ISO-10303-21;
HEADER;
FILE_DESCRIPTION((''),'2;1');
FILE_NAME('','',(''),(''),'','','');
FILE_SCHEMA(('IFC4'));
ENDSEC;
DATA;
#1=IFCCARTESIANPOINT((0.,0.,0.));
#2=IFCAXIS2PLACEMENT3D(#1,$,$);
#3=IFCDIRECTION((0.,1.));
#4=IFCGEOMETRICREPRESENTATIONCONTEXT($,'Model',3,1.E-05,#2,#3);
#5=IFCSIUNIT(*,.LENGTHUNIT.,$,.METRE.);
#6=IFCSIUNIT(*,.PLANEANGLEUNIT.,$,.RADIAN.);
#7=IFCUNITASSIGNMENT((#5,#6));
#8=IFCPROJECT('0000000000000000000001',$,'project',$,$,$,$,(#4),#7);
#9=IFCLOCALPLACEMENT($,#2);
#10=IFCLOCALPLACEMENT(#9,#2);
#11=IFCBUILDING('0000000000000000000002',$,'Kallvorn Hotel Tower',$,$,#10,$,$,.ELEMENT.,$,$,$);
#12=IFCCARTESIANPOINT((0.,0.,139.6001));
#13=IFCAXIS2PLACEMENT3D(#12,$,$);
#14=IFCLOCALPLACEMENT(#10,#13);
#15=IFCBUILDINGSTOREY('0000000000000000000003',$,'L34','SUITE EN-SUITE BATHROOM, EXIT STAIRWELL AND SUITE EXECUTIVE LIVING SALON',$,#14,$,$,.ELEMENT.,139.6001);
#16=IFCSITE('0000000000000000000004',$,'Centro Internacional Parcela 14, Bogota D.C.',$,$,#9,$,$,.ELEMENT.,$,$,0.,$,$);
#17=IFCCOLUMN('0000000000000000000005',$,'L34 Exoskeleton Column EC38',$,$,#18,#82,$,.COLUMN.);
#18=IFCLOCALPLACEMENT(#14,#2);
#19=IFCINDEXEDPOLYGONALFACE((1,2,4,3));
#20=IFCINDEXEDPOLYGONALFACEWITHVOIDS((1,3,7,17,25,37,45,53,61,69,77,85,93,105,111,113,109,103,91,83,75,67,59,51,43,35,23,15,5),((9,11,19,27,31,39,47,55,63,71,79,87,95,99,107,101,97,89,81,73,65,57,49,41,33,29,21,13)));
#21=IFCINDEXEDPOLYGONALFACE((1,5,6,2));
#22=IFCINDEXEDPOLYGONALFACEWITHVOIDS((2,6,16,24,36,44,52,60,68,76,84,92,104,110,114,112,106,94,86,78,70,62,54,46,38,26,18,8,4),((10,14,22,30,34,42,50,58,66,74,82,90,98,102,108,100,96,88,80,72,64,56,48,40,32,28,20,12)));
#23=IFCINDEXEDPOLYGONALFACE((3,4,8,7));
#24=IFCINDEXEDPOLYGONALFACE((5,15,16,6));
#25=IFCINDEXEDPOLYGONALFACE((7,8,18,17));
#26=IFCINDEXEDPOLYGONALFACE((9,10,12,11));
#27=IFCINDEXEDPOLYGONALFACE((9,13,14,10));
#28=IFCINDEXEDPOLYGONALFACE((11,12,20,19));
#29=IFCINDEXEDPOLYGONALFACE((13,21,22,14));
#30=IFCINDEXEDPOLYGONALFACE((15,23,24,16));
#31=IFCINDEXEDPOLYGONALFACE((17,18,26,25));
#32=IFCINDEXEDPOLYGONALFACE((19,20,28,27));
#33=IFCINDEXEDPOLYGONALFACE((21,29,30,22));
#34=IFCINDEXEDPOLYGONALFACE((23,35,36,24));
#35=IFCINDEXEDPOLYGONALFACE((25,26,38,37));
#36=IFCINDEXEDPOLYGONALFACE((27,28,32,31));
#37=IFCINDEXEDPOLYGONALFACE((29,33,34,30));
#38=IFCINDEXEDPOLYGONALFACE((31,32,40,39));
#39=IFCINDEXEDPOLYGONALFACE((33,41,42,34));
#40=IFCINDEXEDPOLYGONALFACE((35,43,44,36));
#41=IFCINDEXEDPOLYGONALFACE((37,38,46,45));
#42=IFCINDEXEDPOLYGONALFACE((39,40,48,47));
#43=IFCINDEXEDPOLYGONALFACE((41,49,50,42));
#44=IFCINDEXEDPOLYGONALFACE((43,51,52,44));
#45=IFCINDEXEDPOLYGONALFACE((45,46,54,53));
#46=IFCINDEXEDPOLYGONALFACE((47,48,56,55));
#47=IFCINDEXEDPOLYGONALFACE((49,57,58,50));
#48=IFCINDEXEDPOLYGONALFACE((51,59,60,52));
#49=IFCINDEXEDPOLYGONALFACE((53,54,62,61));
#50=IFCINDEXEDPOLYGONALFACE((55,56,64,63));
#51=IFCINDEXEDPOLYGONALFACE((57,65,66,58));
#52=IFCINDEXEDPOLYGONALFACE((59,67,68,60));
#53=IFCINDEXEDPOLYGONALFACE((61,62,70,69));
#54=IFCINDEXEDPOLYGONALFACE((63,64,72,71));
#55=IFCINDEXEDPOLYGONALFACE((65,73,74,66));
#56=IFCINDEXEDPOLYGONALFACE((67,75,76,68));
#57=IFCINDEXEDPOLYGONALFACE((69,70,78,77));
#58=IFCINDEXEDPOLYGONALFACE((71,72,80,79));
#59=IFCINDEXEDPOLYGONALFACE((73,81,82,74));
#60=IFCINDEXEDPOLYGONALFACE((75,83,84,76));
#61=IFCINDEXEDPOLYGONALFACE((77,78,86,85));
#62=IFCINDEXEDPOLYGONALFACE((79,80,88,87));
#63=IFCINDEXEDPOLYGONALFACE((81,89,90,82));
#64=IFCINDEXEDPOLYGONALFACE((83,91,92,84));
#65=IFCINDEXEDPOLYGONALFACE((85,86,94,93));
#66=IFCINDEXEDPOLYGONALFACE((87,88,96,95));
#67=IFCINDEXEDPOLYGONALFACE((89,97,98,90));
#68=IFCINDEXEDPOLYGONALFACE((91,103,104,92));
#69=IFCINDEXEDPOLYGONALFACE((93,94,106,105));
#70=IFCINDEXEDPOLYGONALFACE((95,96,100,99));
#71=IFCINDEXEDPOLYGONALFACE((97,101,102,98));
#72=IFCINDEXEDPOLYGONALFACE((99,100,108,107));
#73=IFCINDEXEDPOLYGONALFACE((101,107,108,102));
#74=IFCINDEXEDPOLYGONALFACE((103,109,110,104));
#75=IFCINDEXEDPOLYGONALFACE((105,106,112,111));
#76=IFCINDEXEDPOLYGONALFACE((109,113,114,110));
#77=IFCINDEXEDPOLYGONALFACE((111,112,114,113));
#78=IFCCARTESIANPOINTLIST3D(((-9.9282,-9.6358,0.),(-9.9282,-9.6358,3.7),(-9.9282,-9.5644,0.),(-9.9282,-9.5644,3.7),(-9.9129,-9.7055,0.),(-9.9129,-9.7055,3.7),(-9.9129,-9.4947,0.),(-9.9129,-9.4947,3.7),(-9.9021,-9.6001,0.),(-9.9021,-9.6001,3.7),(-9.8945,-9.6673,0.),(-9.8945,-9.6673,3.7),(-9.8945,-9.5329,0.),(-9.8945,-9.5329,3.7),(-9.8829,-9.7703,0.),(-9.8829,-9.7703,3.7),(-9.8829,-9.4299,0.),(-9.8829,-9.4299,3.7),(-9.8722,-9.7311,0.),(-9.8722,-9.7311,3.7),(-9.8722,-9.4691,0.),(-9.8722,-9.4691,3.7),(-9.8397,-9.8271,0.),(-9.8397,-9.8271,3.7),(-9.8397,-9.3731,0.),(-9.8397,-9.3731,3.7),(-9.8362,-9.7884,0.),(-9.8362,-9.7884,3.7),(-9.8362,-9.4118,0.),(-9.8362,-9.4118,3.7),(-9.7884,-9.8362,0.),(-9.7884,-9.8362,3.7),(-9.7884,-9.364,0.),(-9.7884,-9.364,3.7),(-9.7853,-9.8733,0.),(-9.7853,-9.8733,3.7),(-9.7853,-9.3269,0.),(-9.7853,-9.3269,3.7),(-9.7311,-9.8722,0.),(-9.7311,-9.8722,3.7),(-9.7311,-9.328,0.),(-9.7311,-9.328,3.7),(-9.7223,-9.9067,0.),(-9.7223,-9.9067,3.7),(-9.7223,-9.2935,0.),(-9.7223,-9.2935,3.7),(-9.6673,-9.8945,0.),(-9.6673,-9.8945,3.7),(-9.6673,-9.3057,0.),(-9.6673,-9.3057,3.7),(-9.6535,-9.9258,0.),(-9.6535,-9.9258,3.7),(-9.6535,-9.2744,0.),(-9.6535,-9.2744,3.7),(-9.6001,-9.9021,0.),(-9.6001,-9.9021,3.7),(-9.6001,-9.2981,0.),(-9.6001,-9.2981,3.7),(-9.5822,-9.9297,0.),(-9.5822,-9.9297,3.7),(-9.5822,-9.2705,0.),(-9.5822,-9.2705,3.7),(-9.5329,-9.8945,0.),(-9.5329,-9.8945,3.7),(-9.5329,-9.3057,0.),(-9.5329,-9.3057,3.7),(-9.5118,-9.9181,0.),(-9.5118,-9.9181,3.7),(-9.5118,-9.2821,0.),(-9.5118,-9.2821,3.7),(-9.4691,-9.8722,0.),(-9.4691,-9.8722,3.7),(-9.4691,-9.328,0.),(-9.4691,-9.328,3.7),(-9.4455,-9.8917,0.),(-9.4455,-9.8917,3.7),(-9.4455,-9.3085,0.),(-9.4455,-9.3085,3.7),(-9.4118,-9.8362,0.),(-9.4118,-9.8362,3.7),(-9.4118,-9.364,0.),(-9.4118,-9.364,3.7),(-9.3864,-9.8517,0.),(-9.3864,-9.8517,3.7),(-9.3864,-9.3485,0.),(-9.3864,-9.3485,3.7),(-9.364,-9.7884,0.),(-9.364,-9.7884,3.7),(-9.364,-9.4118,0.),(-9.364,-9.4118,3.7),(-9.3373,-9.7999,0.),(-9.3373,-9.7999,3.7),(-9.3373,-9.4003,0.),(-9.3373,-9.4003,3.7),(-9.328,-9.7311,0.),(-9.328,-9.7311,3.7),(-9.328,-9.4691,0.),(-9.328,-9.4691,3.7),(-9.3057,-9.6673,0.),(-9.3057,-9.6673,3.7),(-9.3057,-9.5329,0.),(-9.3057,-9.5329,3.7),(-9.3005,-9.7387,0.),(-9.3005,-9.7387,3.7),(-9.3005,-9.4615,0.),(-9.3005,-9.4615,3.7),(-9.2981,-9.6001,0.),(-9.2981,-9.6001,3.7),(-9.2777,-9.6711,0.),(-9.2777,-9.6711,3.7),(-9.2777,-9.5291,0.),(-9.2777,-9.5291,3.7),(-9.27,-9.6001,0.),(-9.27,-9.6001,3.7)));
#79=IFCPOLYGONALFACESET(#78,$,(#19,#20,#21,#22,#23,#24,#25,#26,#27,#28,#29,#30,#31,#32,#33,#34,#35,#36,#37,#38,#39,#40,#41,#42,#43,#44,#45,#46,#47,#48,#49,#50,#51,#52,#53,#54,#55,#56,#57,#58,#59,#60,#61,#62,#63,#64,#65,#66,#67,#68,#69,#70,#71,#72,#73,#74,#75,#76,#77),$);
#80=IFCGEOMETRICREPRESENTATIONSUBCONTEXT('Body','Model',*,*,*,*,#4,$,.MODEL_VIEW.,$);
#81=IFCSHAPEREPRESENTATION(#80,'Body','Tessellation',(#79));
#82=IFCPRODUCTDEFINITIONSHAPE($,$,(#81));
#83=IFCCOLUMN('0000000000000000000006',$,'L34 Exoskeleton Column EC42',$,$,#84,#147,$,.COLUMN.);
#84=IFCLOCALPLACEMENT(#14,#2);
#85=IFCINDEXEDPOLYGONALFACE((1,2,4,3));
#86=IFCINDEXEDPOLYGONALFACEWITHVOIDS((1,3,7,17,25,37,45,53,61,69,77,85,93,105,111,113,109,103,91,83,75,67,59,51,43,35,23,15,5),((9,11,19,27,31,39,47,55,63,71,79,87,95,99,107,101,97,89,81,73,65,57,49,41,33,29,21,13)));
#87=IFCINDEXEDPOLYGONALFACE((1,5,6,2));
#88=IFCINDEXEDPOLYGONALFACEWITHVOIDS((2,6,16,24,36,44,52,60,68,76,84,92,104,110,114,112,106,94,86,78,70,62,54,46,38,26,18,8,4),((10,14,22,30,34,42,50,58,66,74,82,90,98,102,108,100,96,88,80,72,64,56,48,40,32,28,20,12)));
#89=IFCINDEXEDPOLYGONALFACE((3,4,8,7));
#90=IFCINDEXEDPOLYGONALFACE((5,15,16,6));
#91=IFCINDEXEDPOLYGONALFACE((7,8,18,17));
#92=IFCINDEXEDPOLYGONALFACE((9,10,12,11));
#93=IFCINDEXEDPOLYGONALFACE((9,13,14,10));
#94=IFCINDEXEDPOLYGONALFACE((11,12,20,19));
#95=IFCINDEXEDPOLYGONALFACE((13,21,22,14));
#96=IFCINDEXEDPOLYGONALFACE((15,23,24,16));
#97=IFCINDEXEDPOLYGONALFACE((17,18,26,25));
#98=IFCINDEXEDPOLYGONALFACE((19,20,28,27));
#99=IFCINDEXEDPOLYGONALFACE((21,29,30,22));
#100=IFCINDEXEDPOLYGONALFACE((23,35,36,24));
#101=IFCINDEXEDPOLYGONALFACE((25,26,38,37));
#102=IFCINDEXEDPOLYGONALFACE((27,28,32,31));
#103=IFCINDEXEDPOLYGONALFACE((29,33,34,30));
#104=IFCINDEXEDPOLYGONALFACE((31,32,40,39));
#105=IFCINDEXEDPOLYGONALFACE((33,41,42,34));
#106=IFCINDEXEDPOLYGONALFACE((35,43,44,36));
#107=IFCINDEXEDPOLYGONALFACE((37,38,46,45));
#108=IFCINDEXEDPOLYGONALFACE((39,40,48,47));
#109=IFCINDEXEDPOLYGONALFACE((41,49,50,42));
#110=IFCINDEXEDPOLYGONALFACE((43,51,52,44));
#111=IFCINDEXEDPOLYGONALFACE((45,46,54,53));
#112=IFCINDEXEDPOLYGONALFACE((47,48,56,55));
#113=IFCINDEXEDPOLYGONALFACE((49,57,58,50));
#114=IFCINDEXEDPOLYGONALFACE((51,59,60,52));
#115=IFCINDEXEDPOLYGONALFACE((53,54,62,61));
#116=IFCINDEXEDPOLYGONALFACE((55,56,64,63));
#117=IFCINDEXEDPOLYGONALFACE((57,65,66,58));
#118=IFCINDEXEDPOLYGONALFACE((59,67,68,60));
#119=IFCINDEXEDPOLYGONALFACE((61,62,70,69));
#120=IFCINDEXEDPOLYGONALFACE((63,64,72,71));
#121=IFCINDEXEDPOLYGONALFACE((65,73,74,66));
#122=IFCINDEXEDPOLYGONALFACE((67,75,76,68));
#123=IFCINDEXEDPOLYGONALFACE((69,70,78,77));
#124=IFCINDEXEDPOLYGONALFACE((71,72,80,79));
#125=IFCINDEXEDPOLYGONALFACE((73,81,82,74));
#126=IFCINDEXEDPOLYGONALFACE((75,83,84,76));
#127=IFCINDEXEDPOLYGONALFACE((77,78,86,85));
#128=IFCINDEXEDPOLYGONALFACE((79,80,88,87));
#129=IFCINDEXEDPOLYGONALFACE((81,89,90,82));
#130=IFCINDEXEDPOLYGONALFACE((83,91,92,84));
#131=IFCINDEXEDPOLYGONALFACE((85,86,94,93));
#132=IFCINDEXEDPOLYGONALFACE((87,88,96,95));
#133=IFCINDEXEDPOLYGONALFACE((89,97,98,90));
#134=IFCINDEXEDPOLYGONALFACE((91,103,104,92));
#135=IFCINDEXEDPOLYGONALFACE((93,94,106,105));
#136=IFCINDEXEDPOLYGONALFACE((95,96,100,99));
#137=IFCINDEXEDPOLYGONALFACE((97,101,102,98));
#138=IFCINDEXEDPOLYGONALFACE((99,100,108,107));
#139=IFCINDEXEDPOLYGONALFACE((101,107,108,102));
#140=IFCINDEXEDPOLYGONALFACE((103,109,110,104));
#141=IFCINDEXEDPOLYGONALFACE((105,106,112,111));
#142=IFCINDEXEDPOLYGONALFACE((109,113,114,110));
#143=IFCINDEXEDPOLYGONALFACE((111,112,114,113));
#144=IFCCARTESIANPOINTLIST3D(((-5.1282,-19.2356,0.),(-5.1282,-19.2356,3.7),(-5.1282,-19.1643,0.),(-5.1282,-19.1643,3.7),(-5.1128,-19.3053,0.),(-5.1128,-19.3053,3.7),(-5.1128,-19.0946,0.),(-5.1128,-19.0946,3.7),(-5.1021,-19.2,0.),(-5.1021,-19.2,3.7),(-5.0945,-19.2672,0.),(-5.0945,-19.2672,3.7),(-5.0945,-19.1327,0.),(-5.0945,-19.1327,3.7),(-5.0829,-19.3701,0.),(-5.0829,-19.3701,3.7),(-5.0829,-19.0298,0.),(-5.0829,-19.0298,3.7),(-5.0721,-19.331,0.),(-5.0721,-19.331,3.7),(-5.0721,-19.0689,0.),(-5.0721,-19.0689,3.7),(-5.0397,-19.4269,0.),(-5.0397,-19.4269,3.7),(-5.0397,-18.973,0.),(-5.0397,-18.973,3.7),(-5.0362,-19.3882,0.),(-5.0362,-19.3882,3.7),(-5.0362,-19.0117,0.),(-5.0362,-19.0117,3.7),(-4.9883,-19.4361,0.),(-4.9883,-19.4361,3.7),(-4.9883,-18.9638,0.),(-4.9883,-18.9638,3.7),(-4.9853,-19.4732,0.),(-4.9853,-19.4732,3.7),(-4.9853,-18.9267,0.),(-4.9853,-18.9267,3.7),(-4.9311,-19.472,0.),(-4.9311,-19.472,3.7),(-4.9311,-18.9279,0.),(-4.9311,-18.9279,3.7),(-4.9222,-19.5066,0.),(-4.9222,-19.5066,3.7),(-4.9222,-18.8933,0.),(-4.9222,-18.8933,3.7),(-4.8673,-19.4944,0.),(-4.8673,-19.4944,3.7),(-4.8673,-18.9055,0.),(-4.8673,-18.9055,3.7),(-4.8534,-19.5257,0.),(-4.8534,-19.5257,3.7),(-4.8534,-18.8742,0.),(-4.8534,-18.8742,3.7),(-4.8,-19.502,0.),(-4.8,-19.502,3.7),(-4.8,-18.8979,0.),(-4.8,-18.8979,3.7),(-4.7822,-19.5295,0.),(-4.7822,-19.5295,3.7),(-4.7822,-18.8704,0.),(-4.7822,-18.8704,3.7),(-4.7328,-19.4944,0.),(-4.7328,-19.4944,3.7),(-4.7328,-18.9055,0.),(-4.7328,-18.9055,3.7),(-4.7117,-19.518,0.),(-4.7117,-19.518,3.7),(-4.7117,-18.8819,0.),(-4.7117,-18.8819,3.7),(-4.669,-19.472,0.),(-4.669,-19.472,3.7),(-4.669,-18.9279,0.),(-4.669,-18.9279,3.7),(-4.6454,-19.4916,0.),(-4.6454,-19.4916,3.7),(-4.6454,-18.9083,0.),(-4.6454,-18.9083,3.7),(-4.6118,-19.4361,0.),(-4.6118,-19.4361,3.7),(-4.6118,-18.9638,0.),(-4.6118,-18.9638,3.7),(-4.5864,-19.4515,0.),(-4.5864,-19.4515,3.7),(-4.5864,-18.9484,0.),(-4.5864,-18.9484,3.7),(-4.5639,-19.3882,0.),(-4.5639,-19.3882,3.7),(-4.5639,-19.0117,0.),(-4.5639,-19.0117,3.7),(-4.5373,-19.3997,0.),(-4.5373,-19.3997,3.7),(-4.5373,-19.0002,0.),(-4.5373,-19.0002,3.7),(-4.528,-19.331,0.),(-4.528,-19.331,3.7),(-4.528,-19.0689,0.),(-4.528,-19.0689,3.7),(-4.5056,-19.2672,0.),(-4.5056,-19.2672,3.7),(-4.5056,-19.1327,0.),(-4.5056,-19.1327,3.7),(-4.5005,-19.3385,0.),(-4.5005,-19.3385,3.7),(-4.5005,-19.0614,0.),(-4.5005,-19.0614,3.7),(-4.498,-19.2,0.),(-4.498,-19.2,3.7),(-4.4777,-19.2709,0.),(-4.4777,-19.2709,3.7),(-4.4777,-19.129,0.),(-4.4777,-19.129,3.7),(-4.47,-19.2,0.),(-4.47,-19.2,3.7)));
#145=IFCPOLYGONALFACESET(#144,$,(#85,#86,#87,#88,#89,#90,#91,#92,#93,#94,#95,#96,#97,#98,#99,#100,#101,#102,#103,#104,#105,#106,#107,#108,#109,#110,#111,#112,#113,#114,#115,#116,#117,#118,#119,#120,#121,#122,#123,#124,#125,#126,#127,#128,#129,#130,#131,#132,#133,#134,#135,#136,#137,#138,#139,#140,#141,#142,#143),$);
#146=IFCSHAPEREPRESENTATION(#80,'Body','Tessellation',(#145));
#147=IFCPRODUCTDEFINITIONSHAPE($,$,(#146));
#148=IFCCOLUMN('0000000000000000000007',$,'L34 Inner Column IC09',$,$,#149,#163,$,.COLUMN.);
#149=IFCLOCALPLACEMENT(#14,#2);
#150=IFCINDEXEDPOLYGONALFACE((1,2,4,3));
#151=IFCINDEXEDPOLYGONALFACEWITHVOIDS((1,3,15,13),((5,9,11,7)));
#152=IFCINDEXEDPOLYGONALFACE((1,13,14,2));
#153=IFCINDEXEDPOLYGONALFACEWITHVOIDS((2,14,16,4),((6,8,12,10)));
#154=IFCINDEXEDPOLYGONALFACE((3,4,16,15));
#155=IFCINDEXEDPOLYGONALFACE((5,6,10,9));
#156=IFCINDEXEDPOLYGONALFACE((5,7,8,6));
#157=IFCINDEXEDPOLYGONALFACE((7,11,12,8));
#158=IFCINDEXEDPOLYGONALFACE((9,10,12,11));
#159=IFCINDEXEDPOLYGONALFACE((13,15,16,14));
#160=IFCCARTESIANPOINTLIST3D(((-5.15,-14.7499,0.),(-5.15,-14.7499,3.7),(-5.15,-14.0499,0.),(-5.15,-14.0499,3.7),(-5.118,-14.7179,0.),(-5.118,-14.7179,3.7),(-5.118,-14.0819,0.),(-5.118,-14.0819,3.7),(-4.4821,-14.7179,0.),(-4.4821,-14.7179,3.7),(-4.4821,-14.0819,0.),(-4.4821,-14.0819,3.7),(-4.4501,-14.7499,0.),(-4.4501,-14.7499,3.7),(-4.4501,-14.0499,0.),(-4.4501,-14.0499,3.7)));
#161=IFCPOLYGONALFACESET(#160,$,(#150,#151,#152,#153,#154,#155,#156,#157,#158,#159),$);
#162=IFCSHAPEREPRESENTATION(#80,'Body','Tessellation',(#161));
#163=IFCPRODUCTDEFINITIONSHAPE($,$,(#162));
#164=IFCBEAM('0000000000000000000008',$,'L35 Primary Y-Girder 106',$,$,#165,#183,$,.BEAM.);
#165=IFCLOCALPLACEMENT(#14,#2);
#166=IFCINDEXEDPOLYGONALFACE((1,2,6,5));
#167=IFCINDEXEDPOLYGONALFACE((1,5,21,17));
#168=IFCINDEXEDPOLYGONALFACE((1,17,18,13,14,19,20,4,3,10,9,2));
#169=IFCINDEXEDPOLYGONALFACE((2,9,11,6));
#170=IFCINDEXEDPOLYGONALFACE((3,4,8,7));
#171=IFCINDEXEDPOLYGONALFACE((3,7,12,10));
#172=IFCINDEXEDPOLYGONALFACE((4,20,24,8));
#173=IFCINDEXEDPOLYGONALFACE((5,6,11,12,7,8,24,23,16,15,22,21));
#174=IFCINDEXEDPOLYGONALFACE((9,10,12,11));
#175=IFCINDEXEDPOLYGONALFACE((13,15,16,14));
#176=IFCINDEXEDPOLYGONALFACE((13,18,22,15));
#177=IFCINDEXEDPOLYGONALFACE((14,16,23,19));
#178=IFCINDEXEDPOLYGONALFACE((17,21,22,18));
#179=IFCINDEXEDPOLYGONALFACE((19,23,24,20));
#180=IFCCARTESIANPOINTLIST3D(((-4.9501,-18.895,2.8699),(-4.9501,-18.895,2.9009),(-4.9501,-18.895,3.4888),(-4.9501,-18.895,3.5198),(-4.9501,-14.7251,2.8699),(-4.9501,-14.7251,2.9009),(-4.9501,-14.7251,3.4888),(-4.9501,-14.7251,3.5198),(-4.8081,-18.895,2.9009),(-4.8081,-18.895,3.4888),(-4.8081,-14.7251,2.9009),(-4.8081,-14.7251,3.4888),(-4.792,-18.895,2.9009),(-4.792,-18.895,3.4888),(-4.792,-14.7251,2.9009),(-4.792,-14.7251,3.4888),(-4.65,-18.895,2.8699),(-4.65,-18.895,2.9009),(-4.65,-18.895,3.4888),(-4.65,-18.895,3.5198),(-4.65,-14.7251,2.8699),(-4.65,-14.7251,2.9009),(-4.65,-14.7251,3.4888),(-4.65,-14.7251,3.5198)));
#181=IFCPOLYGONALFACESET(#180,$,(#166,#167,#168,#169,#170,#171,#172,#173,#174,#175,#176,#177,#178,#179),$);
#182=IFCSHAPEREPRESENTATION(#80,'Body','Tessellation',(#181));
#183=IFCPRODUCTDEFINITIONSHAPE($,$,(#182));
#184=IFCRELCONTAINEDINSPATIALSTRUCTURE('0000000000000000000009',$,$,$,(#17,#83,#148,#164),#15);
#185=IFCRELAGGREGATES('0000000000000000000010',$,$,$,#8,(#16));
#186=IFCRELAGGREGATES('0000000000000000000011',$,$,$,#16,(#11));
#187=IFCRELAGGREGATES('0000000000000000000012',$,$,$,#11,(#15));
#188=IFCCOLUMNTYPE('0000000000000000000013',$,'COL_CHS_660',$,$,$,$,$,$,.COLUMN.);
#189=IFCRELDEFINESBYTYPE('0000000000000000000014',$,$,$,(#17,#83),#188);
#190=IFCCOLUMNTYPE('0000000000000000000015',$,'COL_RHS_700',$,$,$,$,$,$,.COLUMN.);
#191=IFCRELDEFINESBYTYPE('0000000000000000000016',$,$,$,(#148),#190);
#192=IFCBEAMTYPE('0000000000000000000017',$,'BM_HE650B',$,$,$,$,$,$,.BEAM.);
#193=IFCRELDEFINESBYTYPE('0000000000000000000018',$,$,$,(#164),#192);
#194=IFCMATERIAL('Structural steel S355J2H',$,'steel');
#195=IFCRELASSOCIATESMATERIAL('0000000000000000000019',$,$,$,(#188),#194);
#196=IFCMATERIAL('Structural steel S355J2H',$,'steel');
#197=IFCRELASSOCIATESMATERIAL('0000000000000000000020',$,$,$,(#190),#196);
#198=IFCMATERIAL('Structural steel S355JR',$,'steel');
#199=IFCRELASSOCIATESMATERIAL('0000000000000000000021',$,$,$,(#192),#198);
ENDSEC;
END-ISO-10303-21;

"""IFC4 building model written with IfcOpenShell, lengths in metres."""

from ifc_helpers import new_model, si_unit, direction, frame, origin, origin_2d, place, context, subcontext, project, spatial, hollow_rectangle, hollow_circle, i_section, extrude, material, material_profile, profile_set, type_object, element, save


model = new_model("IFC4")

# Units and contexts
model_context = context("Model", 3, precision=1e-05, world=origin(), true_north=direction((0.0, 1.0)))
body_context = subcontext(model_context, "Body", "Model", "MODEL_VIEW")
ifc_project = project(units=[si_unit("LENGTHUNIT", "METRE"), si_unit("PLANEANGLEUNIT", "RADIAN")], contexts=[model_context])

# Site, building, storey
site_placement = place(None, origin())
site = spatial("IfcSite", under=ifc_project, at=site_placement, Name="Centro Internacional Parcela 14, Bogota D.C.", CompositionType="ELEMENT", RefElevation=0.0)
building_placement = place(site_placement, origin())
building = spatial("IfcBuilding", under=site, at=building_placement, Name="Kallvorn Hotel Tower", CompositionType="ELEMENT")
storey_placement = place(building_placement, frame((0.0, 0.0, 139.6001)))
storey = spatial("IfcBuildingStorey", under=building, at=storey_placement, Name="L34", Description="SUITE EN-SUITE BATHROOM, EXIT STAIRWELL AND SUITE EXECUTIVE LIVING SALON", CompositionType="ELEMENT", Elevation=139.6001)

# Columns
ifc_material_1 = material(Name="Structural steel S355J2H", Category="steel")
ifc_material_profile_1 = material_profile(ifc_material_1, hollow_circle(Radius=0.3301, WallThickness=0.0281, at=origin_2d()), Name="CHS 660x28")
ifc_profile_set_1 = profile_set([ifc_material_profile_1], Name="Structural steel S355J2H")
column_type_1 = type_object("IfcColumnType", Name="COL_CHS_660", PredefinedType="COLUMN", material=ifc_profile_set_1)
for number, where, z_axis, x_axis, name in (
    (1, (-9.6001, -9.6001, 0.0), (0.0, 0.0, 1.0), (1.0, 0.0, 0.0), "L34 Exoskeleton Column EC38"),
    (2, (-4.8, -19.2, 0.0), (0.0, 0.0, 1.0), (1.0, 0.0, 0.0), "L34 Exoskeleton Column EC42"),
):
    element("IfcColumn", number, at=place(storey_placement, frame(where, z_axis=z_axis, x_axis=x_axis)), inside=storey, type_object=column_type_1, Name=name, PredefinedType="COLUMN", context=body_context, shape_type="SweptSolid", body=[
        extrude(hollow_circle(Radius=0.3301, WallThickness=0.0281, at=origin_2d()), origin(), (0.0, 0.0, 1.0), 3.7),
    ])
ifc_material_2 = material(Name="Structural steel S355J2H", Category="steel")
ifc_material_profile_2 = material_profile(ifc_material_2, hollow_rectangle(XDim=0.7, YDim=0.7, WallThickness=0.032, at=origin_2d()), Name="RHS 700x700x32")
ifc_profile_set_2 = profile_set([ifc_material_profile_2], Name="Structural steel S355J2H")
column_type_2 = type_object("IfcColumnType", Name="COL_RHS_700", PredefinedType="COLUMN", material=ifc_profile_set_2)
column_placement = place(storey_placement, frame((-4.8, -14.3999, 0.0), z_axis=(0.0, 0.0, 1.0), x_axis=(1.0, 0.0, 0.0)))
element("IfcColumn", 3, at=column_placement, inside=storey, type_object=column_type_2, Name="L34 Inner Column IC09", PredefinedType="COLUMN", context=body_context, shape_type="SweptSolid", body=[
    extrude(hollow_rectangle(XDim=0.7, YDim=0.7, WallThickness=0.032, at=origin_2d()), origin(), (0.0, 0.0, 1.0), 3.7),
])

# Beam
ifc_material_3 = material(Name="Structural steel S355JR", Category="steel")
ifc_material_profile_3 = material_profile(ifc_material_3, i_section(OverallWidth=0.3, OverallDepth=0.6499, WebThickness=0.0161, FlangeThickness=0.031, at=origin_2d()), Name="HE 650 B")
ifc_profile_set_3 = profile_set([ifc_material_profile_3], Name="Structural steel S355JR")
beam_type_1 = type_object("IfcBeamType", Name="BM_HE650B", PredefinedType="BEAM", material=ifc_profile_set_3)
beam_1_placement = place(storey_placement, frame((-4.8, -18.895, 3.1948), z_axis=(0.0, 1.0, 0.0), x_axis=(-1.0, 0.0, 0.0)))
element("IfcBeam", 4, at=beam_1_placement, inside=storey, type_object=beam_type_1, Name="L35 Primary Y-Girder 106", PredefinedType="BEAM", context=body_context, shape_type="SweptSolid", body=[
    extrude(i_section(OverallWidth=0.3, OverallDepth=0.6499, WebThickness=0.0161, FlangeThickness=0.031, at=origin_2d()), origin(), (0.0, 0.0, 1.0), 4.1699),
])

save(model, "model.ifc")
